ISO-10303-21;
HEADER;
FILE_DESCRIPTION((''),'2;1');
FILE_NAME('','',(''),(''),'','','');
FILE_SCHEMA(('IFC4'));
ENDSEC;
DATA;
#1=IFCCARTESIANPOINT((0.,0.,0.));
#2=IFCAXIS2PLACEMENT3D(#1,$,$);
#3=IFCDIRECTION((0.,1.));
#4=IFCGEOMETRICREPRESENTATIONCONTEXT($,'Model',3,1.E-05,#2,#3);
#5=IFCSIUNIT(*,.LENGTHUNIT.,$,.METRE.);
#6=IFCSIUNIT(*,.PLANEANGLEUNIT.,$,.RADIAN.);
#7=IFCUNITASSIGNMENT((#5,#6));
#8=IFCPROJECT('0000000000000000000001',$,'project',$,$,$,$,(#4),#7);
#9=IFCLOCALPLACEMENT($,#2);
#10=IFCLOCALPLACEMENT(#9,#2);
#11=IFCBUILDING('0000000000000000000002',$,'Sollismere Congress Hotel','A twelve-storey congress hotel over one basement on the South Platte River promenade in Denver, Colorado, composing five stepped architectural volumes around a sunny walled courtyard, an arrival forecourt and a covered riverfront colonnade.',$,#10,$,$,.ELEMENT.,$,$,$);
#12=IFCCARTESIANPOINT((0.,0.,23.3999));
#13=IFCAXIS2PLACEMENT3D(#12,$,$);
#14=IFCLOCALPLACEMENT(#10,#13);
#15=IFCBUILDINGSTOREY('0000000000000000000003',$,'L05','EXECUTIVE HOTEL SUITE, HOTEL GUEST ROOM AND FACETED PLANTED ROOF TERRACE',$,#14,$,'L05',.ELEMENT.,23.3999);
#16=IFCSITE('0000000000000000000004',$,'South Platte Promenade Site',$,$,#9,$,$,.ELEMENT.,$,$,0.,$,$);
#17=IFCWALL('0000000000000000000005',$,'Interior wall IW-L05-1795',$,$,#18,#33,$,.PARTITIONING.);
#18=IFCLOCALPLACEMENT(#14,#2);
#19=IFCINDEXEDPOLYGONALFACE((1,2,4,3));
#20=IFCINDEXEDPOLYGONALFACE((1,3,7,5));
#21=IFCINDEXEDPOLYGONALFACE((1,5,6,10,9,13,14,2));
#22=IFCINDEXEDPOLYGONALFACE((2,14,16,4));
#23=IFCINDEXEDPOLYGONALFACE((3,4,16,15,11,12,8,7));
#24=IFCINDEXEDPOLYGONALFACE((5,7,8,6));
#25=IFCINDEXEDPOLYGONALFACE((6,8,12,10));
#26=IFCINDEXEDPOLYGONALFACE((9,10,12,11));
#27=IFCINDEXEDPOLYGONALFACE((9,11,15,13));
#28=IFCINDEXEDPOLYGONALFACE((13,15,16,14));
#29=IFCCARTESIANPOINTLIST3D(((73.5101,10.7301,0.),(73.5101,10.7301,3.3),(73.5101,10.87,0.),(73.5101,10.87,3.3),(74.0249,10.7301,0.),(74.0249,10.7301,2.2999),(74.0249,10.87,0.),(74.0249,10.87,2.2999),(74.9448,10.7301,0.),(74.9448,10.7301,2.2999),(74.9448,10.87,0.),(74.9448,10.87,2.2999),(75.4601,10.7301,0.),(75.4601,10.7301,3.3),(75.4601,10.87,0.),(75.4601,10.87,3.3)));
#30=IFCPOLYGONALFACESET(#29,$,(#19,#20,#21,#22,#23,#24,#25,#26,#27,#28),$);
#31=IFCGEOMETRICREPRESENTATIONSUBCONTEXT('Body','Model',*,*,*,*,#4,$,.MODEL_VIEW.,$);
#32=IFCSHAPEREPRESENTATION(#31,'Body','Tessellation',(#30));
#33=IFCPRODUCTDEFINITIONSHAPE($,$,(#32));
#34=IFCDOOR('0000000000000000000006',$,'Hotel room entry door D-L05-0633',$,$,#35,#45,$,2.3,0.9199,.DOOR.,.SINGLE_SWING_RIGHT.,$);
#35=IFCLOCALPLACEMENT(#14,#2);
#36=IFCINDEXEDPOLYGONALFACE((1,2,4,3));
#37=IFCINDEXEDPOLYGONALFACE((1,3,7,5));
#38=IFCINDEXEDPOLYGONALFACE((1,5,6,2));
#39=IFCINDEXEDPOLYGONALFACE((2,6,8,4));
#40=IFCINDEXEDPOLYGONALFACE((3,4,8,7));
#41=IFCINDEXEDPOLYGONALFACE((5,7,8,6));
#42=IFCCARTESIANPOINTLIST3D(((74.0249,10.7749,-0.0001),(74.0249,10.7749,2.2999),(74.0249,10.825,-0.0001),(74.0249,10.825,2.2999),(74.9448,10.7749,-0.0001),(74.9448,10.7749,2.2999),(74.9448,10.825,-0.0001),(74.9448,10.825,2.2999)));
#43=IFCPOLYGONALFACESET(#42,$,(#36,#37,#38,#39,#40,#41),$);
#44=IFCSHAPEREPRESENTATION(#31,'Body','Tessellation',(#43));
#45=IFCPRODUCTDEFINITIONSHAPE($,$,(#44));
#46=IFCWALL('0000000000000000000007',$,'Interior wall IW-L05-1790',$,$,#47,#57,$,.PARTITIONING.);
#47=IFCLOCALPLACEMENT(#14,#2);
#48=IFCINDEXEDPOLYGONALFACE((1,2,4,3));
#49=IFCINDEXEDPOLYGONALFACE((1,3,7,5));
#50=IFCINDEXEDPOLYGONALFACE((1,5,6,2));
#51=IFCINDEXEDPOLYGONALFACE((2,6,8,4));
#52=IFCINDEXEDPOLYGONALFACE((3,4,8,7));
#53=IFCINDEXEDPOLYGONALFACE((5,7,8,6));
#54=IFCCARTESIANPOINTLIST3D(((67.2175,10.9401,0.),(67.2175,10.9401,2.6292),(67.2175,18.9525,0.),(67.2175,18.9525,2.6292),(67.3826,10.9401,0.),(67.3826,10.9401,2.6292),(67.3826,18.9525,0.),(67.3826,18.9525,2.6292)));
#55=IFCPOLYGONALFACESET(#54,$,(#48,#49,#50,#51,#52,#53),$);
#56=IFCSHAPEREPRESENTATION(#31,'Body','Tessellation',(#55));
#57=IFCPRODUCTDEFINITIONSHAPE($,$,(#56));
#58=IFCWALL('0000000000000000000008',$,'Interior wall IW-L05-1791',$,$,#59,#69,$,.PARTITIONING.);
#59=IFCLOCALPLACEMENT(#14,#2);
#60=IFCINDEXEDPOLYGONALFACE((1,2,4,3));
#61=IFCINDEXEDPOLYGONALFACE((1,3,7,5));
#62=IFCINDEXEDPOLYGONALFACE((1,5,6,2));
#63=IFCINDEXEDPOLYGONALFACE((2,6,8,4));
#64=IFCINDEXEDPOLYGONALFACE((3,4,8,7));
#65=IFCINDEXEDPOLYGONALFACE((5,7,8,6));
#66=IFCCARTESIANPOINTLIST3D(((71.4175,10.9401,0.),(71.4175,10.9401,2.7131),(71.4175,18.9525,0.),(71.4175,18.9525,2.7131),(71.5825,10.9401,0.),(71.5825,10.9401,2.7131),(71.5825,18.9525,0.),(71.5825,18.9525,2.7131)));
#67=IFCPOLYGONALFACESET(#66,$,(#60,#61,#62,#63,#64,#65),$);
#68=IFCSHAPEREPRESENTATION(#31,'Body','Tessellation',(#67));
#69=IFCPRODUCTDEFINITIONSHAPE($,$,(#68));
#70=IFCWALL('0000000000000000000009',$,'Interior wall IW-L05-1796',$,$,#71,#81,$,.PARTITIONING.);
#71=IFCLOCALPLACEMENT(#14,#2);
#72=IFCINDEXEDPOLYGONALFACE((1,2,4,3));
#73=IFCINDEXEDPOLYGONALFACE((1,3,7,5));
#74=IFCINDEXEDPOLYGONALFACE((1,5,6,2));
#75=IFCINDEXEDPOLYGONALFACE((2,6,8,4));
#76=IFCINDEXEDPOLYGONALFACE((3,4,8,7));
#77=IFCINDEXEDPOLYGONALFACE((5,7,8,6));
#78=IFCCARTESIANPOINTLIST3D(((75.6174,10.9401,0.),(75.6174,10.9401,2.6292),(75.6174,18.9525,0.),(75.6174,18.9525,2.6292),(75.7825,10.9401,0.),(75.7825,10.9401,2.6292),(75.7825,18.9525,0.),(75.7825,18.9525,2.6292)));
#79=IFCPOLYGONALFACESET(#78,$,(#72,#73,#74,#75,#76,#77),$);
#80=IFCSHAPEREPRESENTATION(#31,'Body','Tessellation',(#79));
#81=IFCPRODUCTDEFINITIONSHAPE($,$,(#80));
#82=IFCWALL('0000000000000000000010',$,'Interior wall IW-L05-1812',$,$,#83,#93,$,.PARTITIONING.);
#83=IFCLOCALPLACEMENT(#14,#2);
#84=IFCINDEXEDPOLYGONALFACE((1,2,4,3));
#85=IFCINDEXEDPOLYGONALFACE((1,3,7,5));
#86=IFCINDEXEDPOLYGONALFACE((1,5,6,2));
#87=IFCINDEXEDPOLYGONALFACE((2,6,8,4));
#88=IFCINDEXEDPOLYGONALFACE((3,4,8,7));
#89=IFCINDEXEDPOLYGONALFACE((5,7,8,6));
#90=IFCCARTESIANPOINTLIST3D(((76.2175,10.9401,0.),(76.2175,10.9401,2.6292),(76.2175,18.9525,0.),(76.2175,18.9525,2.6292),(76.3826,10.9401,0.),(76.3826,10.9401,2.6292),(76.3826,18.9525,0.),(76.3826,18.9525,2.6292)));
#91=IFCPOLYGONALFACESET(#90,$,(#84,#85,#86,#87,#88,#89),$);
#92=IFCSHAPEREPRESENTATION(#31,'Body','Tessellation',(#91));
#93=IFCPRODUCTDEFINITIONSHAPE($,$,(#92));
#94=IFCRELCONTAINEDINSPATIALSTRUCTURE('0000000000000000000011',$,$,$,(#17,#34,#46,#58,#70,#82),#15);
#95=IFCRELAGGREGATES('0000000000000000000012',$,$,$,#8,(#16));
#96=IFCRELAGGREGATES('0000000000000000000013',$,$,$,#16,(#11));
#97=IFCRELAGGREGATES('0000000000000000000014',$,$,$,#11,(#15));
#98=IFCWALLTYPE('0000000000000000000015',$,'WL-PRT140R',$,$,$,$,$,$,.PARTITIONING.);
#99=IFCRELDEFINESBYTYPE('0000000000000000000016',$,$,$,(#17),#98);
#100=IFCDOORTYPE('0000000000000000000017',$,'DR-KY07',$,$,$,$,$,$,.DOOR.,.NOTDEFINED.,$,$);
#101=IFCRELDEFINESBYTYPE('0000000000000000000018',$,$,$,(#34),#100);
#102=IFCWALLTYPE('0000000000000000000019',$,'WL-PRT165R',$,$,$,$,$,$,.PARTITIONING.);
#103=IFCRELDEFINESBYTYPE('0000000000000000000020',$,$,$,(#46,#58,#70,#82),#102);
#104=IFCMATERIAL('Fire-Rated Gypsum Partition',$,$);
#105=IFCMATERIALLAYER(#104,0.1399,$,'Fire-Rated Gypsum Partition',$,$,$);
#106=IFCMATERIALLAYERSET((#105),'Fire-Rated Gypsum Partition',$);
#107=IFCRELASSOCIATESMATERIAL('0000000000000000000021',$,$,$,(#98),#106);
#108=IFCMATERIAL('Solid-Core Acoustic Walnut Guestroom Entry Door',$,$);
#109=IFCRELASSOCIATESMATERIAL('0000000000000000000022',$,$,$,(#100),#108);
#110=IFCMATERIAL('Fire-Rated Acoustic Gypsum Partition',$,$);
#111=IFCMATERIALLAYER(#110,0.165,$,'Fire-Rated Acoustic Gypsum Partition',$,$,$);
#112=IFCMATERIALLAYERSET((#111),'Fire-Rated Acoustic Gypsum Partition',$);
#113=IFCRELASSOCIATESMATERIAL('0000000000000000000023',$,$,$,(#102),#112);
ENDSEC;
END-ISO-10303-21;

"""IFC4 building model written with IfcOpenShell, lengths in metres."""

from ifc_helpers import new_model, si_unit, direction, frame, frame_2d, origin, place, context, subcontext, project, spatial, rectangle, extrude, material, layer, layer_set, type_object, element, fill, save


model = new_model("IFC4")

# Units and contexts
model_context = context("Model", 3, precision=1e-05, world=origin(), true_north=direction((0.0, 1.0)))
body_context = subcontext(model_context, "Body", "Model", "MODEL_VIEW")
ifc_project = project(units=[si_unit("LENGTHUNIT", "METRE"), si_unit("PLANEANGLEUNIT", "RADIAN")], contexts=[model_context])

# Site, building, storey
site_placement = place(None, origin())
site = spatial("IfcSite", under=ifc_project, at=site_placement, Name="South Platte Promenade Site", CompositionType="ELEMENT", RefElevation=0.0)
building_placement = place(site_placement, origin())
building = spatial("IfcBuilding", under=site, at=building_placement, Name="Sollismere Congress Hotel", Description="A twelve-storey congress hotel over one basement on the South Platte River promenade in Denver, Colorado, composing five stepped architectural volumes around a sunny walled courtyard, an arrival forecourt and a covered riverfront colonnade.", CompositionType="ELEMENT")
storey_placement = place(building_placement, frame((0.0, 0.0, 23.3999)))
storey = spatial("IfcBuildingStorey", under=building, at=storey_placement, Name="L05", Description="EXECUTIVE HOTEL SUITE, HOTEL GUEST ROOM AND FACETED PLANTED ROOF TERRACE", LongName="L05", CompositionType="ELEMENT", Elevation=23.3999)

# Shared definitions
ifc_material_1 = material(Name="Fire-Rated Gypsum Partition")
ifc_layer_1 = layer(ifc_material_1, 0.1399, Name="Fire-Rated Gypsum Partition")
ifc_layer_set_1 = layer_set([ifc_layer_1], Name="Fire-Rated Gypsum Partition")
wall_type_1 = type_object("IfcWallType", Name="WL-PRT140R", PredefinedType="PARTITIONING", material=ifc_layer_set_1)
ifc_material_2 = material(Name="Solid-Core Acoustic Walnut Guestroom Entry Door")

# Wall, opening, door
wall_1_placement = place(storey_placement, frame((73.51, 10.8, 0.0), z_axis=(0.0, 0.0, 1.0), x_axis=(1.0, 0.0, 0.0)))
wall_1 = element("IfcWall", 1, at=wall_1_placement, inside=storey, type_object=wall_type_1, Name="Interior wall IW-L05-1795", PredefinedType="PARTITIONING", context=body_context, shape_type="SweptSolid", body=[
    extrude(rectangle(XDim=1.95, YDim=0.1399, at=frame_2d((0.9751, 0.0))), origin(), (0.0, 0.0, 1.0), 3.3),
])
opening_1_placement = place(wall_1_placement, frame((0.5149, 0.0, 0.0)))
opening_1 = element("IfcOpeningElement", 2, at=opening_1_placement, cuts=wall_1, PredefinedType="OPENING", context=body_context, shape_type="SweptSolid", body=[
    extrude(rectangle(XDim=0.9199, YDim=2.3, at=frame_2d((0.46, 1.1499))), frame((0.0, 0.0798, 0.0), z_axis=(0.0, -1.0, 0.0), x_axis=(1.0, 0.0, 0.0)), (0.0, 0.0, 1.0), 0.1599),
])
door_type_1 = type_object("IfcDoorType", Name="DR-KY07", OperationType="NOTDEFINED", PredefinedType="DOOR", material=ifc_material_2)
door_1_placement = place(opening_1_placement, origin())
door_1 = element("IfcDoor", 3, at=door_1_placement, inside=storey, type_object=door_type_1, Name="Hotel room entry door D-L05-0633", OperationType="SINGLE_SWING_RIGHT", OverallHeight=2.3, OverallWidth=0.9199, PredefinedType="DOOR", context=body_context, shape_type="SweptSolid", body=[
    extrude(rectangle(XDim=0.9199, YDim=2.3, at=frame_2d((0.46, 1.1499))), frame((0.0, 0.0249, 0.0), z_axis=(0.0, -1.0, 0.0), x_axis=(1.0, 0.0, 0.0)), (0.0, 0.0, 1.0), 0.05),
])
fill(opening_1, door_1)

# Walls
ifc_material_3 = material(Name="Fire-Rated Acoustic Gypsum Partition")
ifc_layer_2 = layer(ifc_material_3, 0.165, Name="Fire-Rated Acoustic Gypsum Partition")
ifc_layer_set_2 = layer_set([ifc_layer_2], Name="Fire-Rated Acoustic Gypsum Partition")
wall_type_2 = type_object("IfcWallType", Name="WL-PRT165R", PredefinedType="PARTITIONING", material=ifc_layer_set_2)
wall_2_placement = place(storey_placement, frame((67.3, 10.9399, 0.0), z_axis=(0.0, 0.0, 1.0), x_axis=(0.0, 1.0, 0.0)))
element("IfcWall", 4, at=wall_2_placement, inside=storey, type_object=wall_type_2, Name="Interior wall IW-L05-1790", PredefinedType="PARTITIONING", context=body_context, shape_type="SweptSolid", body=[
    extrude(rectangle(XDim=8.0125, YDim=0.165, at=frame_2d((4.0063, 0.0))), origin(), (0.0, 0.0, 1.0), 2.6292),
])
wall_3_placement = place(storey_placement, frame((71.5, 10.9399, 0.0), z_axis=(0.0, 0.0, 1.0), x_axis=(0.0, 1.0, 0.0)))
element("IfcWall", 5, at=wall_3_placement, inside=storey, type_object=wall_type_2, Name="Interior wall IW-L05-1791", PredefinedType="PARTITIONING", context=body_context, shape_type="SweptSolid", body=[
    extrude(rectangle(XDim=8.0125, YDim=0.165, at=frame_2d((4.0063, 0.0))), origin(), (0.0, 0.0, 1.0), 2.7131),
])
for number, where, z_axis, x_axis, name in (
    (6, (75.7, 10.9399, 0.0), (0.0, 0.0, 1.0), (0.0, 1.0, 0.0), "Interior wall IW-L05-1796"),
    (7, (76.3, 10.9399, 0.0), (0.0, 0.0, 1.0), (0.0, 1.0, 0.0), "Interior wall IW-L05-1812"),
):
    element("IfcWall", number, at=place(storey_placement, frame(where, z_axis=z_axis, x_axis=x_axis)), inside=storey, type_object=wall_type_2, Name=name, PredefinedType="PARTITIONING", context=body_context, shape_type="SweptSolid", body=[
        extrude(rectangle(XDim=8.0125, YDim=0.165, at=frame_2d((4.0063, 0.0))), origin(), (0.0, 0.0, 1.0), 2.6292),
    ])

save(model, "model.ifc")
